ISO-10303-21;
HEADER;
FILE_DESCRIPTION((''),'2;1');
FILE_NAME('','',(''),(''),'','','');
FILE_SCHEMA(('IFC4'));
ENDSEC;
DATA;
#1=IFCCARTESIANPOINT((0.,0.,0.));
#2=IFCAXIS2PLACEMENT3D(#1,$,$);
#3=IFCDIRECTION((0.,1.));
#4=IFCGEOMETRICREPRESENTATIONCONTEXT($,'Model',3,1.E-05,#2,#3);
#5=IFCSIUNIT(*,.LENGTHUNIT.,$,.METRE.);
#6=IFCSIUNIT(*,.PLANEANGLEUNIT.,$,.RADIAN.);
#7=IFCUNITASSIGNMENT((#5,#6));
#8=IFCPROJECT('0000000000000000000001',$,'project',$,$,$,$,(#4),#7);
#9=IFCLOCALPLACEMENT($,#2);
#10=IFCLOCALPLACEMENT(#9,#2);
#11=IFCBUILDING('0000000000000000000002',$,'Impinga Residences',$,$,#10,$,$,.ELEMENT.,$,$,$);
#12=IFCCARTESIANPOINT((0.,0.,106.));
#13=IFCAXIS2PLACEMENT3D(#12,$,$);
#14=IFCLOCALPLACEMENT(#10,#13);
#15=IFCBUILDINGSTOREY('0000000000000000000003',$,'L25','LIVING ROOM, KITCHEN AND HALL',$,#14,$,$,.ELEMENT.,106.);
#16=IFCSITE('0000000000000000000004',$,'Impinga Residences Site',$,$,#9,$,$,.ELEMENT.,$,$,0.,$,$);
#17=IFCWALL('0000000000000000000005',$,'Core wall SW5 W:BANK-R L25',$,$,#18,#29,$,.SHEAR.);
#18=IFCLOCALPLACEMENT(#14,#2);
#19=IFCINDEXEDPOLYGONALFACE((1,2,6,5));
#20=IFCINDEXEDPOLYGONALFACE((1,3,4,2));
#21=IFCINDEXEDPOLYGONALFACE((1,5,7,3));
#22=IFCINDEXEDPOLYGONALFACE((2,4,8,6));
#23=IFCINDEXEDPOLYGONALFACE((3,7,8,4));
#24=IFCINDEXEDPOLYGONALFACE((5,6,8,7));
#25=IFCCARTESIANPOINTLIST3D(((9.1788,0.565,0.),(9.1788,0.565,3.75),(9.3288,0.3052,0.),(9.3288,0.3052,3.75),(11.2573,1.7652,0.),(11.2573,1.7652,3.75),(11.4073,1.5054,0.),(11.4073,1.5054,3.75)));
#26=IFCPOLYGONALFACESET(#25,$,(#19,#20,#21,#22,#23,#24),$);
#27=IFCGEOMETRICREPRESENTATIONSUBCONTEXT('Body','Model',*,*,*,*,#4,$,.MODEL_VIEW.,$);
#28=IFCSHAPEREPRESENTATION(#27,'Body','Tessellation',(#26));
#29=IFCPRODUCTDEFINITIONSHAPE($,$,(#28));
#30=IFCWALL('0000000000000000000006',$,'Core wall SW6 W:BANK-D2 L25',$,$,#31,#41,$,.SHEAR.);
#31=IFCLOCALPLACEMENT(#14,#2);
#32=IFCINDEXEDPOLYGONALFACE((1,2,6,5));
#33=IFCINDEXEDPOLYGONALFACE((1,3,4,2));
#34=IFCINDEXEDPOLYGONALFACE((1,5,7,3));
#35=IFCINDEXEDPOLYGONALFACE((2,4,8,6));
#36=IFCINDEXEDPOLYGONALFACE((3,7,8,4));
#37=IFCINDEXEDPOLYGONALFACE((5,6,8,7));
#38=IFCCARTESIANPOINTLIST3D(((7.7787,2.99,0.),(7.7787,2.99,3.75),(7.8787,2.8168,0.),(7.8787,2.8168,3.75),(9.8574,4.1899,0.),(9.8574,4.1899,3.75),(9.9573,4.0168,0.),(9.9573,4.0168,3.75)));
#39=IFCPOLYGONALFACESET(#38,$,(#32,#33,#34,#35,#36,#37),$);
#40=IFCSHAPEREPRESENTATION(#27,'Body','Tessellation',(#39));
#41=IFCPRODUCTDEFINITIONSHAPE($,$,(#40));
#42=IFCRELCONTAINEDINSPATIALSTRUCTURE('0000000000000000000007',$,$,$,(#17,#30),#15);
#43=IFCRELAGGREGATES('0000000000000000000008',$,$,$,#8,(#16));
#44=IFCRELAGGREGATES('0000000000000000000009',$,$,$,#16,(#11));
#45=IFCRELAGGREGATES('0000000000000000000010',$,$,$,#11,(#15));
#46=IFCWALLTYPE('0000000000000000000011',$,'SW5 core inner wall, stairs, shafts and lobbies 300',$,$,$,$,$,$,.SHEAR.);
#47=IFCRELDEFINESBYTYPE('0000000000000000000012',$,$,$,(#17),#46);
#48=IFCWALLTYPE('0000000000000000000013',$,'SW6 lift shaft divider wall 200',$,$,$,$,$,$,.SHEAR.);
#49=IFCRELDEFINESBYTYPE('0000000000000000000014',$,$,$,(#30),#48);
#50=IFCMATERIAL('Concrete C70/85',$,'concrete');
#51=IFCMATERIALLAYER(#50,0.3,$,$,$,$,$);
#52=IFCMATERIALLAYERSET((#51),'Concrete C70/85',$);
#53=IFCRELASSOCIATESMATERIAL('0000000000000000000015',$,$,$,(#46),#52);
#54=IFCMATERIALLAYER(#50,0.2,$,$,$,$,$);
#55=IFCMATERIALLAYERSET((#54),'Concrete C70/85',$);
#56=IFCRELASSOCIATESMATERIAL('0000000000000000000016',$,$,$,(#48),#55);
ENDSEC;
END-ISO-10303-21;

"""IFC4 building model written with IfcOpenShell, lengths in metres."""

from ifc_helpers import new_model, si_unit, direction, frame, frame_2d, origin, place, context, subcontext, project, spatial, rectangle, extrude, material, layer, layer_set, type_object, element, save


model = new_model("IFC4")

# Units and contexts
model_context = context("Model", 3, precision=1e-05, world=origin(), true_north=direction((0.0, 1.0)))
body_context = subcontext(model_context, "Body", "Model", "MODEL_VIEW")
ifc_project = project(units=[si_unit("LENGTHUNIT", "METRE"), si_unit("PLANEANGLEUNIT", "RADIAN")], contexts=[model_context])

# Site, building, storey
site_placement = place(None, origin())
site = spatial("IfcSite", under=ifc_project, at=site_placement, Name="Impinga Residences Site", CompositionType="ELEMENT", RefElevation=0.0)
building_placement = place(site_placement, origin())
building = spatial("IfcBuilding", under=site, at=building_placement, Name="Impinga Residences", CompositionType="ELEMENT")
storey_placement = place(building_placement, frame((0.0, 0.0, 106.0)))
storey = spatial("IfcBuildingStorey", under=building, at=storey_placement, Name="L25", Description="LIVING ROOM, KITCHEN AND HALL", CompositionType="ELEMENT", Elevation=106.0)

# Walls
ifc_material_1 = material(Name="Concrete C70/85", Category="concrete")
ifc_layer_1 = layer(ifc_material_1, 0.3)
ifc_layer_set_1 = layer_set([ifc_layer_1], Name="Concrete C70/85")
wall_type_1 = type_object("IfcWallType", Name="SW5 core inner wall, stairs, shafts and lobbies 300", PredefinedType="SHEAR", material=ifc_layer_set_1)
wall_1_placement = place(storey_placement, frame((9.2537, 0.4351, 0.0), z_axis=(0.0, 0.0, 1.0), x_axis=(0.866006, 0.500034, 0.0)))
element("IfcWall", 1, at=wall_1_placement, inside=storey, type_object=wall_type_1, Name="Core wall SW5 W:BANK-R L25", PredefinedType="SHEAR", context=body_context, shape_type="SweptSolid", body=[
    extrude(rectangle(XDim=2.4001, YDim=0.3, at=frame_2d((1.2002, 0.0))), origin(), (0.0, 0.0, 1.0), 3.75),
])
ifc_layer_2 = layer(ifc_material_1, 0.2)
ifc_layer_set_2 = layer_set([ifc_layer_2], Name="Concrete C70/85")
wall_type_2 = type_object("IfcWallType", Name="SW6 lift shaft divider wall 200", PredefinedType="SHEAR", material=ifc_layer_set_2)
wall_2_placement = place(storey_placement, frame((7.8286, 2.9033, 0.0), z_axis=(0.0, 0.0, 1.0), x_axis=(0.86605, 0.499957, 0.0)))
element("IfcWall", 2, at=wall_2_placement, inside=storey, type_object=wall_type_2, Name="Core wall SW6 W:BANK-D2 L25", PredefinedType="SHEAR", context=body_context, shape_type="SweptSolid", body=[
    extrude(rectangle(XDim=2.4001, YDim=0.2, at=frame_2d((1.2002, 0.0))), origin(), (0.0, 0.0, 1.0), 3.75),
])

save(model, "model.ifc")
